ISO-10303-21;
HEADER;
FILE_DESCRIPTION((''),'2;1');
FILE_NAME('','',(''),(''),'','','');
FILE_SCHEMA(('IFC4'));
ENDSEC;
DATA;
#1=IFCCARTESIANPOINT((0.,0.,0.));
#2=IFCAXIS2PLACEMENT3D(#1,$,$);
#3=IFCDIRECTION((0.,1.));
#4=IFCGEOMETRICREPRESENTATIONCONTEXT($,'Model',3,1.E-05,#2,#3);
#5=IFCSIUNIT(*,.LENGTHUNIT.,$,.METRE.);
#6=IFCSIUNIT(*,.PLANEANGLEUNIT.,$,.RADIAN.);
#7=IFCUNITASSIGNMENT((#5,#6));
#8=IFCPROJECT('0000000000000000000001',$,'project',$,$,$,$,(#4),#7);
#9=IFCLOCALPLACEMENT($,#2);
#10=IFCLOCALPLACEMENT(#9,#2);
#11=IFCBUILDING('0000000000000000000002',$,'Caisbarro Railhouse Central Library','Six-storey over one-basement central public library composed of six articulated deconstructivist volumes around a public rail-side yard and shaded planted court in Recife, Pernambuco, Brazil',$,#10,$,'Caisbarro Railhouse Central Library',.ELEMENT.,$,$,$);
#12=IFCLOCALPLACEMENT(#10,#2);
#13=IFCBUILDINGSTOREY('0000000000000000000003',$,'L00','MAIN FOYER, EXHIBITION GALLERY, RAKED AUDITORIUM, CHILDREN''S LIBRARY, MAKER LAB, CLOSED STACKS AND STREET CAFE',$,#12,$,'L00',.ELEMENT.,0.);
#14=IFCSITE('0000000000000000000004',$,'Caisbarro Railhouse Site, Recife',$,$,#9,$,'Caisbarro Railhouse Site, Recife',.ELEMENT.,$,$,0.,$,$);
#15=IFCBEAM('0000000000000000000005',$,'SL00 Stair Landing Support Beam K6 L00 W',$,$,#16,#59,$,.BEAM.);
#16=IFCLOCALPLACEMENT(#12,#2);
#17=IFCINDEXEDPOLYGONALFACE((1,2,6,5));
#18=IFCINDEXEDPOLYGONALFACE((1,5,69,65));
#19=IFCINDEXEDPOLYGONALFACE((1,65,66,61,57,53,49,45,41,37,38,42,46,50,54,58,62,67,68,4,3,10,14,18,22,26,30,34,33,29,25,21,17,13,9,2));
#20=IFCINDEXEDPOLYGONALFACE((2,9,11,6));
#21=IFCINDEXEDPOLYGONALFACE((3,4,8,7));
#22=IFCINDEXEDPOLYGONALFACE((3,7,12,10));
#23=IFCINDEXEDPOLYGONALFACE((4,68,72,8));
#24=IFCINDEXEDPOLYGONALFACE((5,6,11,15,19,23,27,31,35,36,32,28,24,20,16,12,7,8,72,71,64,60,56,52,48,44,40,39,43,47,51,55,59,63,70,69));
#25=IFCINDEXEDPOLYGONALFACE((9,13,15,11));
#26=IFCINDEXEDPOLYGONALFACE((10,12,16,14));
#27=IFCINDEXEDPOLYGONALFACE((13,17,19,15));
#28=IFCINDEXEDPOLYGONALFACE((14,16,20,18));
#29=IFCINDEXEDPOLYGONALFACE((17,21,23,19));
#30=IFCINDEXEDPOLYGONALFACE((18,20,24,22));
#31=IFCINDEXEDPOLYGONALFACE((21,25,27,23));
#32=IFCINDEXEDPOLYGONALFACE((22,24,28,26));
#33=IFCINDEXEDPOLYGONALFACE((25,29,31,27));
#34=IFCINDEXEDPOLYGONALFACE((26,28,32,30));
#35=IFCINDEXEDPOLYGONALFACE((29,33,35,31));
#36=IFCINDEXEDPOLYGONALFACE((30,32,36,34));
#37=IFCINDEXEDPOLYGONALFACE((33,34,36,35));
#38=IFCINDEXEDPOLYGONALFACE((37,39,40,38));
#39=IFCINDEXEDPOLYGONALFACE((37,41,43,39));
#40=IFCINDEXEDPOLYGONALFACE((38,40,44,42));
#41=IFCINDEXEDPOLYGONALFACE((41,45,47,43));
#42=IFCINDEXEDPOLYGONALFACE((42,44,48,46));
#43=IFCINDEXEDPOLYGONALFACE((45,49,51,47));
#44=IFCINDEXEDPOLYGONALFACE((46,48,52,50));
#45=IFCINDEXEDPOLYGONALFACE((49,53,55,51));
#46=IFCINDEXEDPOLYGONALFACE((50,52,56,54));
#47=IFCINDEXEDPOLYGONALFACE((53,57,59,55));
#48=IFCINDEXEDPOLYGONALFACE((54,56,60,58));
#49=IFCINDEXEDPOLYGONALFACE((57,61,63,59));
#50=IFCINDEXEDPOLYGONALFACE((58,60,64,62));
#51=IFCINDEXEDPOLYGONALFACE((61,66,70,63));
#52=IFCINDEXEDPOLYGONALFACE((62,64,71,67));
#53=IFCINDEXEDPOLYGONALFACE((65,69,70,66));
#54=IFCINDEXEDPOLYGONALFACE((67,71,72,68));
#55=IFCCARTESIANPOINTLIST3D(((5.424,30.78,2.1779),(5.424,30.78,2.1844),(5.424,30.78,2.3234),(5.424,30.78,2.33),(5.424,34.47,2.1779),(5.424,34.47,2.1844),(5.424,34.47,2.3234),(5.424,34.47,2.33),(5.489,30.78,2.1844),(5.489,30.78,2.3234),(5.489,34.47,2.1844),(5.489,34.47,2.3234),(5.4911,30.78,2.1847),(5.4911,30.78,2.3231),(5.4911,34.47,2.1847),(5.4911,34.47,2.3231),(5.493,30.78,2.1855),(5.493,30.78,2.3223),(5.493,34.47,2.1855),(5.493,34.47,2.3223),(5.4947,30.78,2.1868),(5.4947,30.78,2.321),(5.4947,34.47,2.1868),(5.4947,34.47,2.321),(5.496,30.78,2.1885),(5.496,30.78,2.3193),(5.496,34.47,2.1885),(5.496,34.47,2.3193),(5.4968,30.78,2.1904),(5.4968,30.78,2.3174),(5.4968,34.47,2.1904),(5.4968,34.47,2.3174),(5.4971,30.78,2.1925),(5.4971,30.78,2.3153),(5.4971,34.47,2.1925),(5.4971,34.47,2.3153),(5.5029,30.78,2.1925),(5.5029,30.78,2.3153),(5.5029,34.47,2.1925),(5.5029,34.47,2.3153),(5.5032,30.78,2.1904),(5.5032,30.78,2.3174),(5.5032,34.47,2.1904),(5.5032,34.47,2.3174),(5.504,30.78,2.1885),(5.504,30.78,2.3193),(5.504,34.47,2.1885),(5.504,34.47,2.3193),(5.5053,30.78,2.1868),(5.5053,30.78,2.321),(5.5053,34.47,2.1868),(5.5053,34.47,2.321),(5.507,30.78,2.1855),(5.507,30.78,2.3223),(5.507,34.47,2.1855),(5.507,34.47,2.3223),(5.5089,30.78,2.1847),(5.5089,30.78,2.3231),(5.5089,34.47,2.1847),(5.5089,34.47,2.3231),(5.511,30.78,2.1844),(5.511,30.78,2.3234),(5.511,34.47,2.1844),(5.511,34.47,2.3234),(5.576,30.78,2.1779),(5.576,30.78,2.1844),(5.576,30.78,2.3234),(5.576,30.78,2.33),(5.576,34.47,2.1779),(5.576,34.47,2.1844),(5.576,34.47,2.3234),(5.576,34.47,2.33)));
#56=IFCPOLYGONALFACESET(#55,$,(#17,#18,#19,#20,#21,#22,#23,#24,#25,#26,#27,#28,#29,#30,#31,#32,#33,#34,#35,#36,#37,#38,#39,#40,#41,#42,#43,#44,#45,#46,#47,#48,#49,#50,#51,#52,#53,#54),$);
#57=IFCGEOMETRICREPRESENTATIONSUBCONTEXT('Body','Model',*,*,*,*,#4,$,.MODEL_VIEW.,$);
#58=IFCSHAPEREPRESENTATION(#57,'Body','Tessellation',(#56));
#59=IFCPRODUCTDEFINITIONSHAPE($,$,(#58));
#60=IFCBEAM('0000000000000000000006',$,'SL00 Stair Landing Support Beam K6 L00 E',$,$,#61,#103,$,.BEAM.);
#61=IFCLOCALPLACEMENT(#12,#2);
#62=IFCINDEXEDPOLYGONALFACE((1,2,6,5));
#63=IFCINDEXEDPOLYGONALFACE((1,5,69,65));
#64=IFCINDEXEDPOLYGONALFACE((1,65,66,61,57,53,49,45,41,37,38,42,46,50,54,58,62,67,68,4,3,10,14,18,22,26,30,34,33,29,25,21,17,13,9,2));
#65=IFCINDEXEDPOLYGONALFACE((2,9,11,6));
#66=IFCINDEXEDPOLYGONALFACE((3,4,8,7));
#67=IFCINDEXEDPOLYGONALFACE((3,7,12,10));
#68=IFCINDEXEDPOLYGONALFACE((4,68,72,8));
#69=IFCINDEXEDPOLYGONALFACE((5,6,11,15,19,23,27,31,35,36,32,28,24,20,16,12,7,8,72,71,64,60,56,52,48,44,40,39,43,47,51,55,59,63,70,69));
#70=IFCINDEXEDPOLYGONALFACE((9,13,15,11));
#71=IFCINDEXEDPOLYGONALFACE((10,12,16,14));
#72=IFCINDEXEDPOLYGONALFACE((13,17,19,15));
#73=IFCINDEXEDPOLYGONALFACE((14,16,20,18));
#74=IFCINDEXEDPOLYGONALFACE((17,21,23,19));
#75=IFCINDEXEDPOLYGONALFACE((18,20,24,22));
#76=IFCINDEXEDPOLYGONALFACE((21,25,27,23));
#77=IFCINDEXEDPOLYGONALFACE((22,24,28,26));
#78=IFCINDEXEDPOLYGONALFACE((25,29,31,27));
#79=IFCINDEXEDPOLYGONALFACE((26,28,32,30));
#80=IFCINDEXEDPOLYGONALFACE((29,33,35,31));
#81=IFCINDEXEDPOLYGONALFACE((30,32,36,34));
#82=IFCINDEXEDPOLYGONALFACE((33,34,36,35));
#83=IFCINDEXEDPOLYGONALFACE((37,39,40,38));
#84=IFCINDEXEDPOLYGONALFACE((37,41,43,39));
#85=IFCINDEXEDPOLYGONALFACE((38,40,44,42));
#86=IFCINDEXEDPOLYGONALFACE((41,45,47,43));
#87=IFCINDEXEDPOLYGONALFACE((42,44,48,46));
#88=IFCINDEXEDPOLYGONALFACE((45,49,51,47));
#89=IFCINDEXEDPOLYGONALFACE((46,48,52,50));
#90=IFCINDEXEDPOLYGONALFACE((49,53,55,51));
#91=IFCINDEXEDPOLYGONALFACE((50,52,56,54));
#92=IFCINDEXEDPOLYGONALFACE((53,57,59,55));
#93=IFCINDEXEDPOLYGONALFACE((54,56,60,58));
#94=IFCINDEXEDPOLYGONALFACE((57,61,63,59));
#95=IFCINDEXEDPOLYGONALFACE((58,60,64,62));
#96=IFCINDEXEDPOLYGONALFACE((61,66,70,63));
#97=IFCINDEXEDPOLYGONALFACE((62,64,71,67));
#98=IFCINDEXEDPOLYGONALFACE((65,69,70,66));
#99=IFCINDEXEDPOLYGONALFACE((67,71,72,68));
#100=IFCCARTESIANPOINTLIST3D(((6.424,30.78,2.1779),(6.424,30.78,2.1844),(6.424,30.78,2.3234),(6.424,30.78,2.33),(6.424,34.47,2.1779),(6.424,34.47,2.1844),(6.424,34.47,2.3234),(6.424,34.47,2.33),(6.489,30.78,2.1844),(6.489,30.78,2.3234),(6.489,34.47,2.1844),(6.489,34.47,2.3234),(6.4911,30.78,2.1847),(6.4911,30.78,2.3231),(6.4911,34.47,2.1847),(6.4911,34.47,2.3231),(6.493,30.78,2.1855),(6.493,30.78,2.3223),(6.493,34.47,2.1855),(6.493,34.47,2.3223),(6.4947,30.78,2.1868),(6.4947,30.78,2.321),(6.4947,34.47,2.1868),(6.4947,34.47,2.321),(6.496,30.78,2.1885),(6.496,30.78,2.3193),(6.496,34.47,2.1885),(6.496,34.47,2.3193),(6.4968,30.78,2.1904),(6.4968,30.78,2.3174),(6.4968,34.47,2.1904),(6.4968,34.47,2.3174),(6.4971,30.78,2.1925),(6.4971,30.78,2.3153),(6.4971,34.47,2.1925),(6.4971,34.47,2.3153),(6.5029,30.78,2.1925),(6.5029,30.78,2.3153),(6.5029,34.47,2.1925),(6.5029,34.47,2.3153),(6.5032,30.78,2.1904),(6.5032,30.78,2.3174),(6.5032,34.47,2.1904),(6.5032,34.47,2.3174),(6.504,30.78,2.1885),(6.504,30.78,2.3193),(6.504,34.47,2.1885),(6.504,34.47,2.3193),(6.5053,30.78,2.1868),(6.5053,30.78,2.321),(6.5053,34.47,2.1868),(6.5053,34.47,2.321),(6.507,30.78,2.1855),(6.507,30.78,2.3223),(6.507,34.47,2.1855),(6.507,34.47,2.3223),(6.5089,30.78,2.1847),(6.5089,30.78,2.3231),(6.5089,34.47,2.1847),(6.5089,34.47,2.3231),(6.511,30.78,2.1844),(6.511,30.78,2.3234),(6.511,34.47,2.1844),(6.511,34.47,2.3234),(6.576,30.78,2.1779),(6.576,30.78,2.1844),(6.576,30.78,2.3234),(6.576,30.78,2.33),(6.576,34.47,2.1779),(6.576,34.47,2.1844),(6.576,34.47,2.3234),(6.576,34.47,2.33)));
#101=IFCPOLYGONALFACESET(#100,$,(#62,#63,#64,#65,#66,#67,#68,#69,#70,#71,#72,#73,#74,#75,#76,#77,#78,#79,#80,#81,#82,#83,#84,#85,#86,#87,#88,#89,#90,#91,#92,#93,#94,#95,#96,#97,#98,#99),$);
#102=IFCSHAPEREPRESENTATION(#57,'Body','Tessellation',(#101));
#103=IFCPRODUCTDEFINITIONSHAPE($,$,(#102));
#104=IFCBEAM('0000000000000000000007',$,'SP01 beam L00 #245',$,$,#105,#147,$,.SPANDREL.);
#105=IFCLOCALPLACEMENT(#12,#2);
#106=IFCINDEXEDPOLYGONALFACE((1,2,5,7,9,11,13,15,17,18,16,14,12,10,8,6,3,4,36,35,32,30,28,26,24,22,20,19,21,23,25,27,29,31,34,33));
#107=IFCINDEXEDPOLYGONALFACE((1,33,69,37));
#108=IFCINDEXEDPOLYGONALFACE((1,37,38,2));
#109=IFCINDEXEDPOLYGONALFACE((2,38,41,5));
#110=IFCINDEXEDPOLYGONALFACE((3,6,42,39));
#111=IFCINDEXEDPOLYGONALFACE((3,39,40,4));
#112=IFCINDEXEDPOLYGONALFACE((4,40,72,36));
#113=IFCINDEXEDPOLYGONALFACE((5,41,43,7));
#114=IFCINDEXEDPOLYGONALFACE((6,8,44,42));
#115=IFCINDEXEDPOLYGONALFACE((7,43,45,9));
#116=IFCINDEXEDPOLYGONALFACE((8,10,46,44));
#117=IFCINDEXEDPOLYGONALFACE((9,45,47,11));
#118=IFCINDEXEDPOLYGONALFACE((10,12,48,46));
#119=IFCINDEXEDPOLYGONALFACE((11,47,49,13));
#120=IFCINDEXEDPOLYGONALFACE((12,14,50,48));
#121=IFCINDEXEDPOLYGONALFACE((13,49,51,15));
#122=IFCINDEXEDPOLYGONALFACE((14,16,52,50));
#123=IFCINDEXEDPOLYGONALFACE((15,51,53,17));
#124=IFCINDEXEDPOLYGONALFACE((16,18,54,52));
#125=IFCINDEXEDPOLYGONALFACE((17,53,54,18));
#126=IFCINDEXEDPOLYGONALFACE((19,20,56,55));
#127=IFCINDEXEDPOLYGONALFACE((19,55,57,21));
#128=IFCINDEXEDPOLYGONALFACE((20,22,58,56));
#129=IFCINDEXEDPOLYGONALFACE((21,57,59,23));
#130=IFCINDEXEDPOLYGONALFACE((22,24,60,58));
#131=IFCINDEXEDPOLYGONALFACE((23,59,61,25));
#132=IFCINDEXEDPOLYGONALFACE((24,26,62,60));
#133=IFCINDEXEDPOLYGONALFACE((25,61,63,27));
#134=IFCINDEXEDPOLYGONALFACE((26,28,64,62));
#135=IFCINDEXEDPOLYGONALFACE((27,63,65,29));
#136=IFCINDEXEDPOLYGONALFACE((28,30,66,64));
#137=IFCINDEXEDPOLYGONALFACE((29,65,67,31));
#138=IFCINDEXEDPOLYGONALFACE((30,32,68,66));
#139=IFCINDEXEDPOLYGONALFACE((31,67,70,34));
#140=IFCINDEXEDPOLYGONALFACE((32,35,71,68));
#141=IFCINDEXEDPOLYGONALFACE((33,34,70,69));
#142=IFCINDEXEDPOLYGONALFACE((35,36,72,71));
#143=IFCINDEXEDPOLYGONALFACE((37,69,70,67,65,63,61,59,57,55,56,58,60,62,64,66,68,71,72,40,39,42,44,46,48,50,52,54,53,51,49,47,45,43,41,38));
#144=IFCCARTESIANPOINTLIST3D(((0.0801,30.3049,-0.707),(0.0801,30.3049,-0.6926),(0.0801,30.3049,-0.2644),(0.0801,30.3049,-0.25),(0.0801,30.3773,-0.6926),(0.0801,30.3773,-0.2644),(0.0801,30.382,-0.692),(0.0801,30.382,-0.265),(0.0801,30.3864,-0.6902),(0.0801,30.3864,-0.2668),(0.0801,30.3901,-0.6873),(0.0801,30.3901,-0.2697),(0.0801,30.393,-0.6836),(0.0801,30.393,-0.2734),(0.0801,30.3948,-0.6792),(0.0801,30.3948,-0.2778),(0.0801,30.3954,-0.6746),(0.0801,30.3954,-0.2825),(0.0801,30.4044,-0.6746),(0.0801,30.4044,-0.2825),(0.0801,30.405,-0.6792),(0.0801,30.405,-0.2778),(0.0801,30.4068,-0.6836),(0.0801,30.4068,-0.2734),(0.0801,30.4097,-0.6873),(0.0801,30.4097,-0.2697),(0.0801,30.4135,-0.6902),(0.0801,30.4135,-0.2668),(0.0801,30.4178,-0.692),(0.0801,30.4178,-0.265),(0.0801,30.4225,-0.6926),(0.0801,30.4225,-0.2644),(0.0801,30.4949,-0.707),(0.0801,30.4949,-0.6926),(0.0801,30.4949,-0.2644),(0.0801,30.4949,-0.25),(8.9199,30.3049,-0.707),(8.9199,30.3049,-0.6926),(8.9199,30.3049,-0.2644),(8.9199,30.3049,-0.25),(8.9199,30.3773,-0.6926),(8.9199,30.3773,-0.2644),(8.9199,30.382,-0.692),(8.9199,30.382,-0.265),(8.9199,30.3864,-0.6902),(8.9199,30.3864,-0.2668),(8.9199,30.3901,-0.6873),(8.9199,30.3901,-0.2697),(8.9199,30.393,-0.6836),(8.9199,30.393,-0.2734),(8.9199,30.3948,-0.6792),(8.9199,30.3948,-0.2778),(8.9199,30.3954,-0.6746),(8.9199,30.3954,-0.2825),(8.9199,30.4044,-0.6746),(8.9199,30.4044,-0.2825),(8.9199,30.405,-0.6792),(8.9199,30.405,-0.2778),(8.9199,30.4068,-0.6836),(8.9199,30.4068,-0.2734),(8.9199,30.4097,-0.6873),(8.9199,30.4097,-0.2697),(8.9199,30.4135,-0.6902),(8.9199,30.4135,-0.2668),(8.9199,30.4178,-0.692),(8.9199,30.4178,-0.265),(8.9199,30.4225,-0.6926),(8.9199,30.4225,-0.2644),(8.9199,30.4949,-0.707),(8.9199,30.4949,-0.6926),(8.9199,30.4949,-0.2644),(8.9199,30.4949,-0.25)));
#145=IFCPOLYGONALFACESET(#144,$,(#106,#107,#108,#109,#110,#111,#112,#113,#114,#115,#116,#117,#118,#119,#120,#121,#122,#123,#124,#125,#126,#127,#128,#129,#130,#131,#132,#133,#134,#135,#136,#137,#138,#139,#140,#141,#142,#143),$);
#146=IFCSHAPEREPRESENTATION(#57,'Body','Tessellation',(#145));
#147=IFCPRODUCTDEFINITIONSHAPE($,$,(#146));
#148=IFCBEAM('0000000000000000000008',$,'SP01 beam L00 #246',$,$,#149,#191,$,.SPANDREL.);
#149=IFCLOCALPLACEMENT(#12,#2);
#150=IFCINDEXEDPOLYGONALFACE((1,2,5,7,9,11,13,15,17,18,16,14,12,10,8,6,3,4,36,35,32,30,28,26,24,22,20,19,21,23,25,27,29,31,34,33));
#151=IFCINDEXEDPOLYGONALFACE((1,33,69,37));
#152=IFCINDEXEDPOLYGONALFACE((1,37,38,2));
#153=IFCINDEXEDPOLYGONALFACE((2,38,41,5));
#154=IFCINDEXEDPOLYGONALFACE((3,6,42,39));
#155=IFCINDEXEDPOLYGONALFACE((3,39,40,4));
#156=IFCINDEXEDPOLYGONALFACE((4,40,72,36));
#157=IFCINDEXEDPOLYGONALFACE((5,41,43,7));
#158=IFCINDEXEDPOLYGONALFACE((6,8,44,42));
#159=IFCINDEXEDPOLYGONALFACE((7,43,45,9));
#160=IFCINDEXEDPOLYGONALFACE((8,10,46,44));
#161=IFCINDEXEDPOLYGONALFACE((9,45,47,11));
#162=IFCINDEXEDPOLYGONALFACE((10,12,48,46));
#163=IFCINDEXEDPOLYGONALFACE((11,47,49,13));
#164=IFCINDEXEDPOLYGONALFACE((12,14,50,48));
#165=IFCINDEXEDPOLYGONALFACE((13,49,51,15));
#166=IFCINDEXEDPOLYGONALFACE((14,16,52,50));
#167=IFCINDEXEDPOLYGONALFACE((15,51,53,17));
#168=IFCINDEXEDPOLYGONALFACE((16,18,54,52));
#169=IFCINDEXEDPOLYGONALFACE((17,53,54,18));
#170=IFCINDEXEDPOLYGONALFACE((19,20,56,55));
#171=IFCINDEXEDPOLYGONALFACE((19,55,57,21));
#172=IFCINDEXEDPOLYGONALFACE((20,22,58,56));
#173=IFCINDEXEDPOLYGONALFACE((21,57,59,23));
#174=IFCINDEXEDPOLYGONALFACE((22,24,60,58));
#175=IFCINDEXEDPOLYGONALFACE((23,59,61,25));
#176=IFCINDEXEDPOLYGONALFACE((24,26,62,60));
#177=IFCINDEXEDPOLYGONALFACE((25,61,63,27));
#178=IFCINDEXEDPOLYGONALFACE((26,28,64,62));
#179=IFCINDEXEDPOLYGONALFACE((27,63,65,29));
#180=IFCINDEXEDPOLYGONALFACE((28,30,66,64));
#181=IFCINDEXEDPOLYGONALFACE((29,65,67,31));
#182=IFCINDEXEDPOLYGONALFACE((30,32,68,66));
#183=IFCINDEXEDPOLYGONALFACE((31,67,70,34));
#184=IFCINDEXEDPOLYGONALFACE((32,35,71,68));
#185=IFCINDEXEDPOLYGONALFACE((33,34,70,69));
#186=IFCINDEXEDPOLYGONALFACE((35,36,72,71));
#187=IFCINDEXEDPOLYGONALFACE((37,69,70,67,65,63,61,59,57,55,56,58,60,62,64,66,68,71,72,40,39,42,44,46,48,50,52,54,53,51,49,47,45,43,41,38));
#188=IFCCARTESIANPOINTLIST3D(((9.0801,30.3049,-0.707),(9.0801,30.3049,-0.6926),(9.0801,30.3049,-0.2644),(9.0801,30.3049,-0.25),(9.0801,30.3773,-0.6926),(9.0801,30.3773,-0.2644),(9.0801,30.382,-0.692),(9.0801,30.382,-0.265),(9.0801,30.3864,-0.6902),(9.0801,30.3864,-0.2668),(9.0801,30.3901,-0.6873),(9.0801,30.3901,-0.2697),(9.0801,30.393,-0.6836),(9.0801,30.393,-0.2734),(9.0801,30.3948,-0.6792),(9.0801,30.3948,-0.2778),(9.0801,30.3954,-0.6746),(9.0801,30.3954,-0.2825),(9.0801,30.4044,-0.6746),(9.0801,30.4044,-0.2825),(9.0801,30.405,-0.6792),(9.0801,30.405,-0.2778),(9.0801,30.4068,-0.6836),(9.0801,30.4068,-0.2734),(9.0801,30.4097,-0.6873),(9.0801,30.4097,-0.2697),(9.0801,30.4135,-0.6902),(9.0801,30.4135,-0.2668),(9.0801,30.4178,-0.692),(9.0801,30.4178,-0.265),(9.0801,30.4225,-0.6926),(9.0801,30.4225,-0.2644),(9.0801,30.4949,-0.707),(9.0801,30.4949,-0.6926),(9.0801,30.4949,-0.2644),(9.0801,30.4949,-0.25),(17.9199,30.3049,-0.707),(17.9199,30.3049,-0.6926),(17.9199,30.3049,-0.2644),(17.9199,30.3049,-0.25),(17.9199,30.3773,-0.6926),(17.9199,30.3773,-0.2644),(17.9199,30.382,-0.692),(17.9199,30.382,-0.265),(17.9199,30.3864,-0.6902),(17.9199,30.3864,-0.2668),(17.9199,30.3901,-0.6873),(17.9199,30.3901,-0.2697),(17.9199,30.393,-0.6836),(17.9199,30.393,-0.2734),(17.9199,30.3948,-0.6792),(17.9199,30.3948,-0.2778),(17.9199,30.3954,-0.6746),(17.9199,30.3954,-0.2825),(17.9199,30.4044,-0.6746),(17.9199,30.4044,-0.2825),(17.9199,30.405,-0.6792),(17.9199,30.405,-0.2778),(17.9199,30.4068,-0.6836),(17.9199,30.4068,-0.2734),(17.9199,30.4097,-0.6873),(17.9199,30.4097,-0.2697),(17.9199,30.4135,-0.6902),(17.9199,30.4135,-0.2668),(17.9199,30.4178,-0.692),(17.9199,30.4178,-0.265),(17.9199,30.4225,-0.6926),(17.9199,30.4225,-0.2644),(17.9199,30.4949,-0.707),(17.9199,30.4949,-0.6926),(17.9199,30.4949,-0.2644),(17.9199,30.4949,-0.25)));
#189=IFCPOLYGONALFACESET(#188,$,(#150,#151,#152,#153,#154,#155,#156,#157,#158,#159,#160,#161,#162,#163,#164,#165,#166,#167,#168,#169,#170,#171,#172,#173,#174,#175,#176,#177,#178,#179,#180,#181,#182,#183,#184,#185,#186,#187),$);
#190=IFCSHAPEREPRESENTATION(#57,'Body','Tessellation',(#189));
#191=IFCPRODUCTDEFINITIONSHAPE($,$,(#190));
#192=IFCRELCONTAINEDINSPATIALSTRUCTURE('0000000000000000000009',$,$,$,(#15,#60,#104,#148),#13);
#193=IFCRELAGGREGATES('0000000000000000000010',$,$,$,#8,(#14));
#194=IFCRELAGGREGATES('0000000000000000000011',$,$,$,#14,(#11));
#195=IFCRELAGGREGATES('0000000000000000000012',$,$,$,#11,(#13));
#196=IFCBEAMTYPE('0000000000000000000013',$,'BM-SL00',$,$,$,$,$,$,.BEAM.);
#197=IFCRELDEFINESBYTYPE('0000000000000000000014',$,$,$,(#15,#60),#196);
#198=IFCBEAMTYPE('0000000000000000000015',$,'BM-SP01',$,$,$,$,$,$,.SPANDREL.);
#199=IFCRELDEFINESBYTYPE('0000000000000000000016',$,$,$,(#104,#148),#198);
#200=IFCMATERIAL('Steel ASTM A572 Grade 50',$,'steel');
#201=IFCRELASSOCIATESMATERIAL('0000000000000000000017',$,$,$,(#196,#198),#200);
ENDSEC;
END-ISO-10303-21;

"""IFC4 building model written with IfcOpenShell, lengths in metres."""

from ifc_helpers import new_model, si_unit, direction, frame, origin, origin_2d, place, context, subcontext, project, spatial, i_section, extrude, material, material_profile, profile_set, type_object, element, save


model = new_model("IFC4")

# Units and contexts
model_context = context("Model", 3, precision=1e-05, world=origin(), true_north=direction((0.0, 1.0)))
body_context = subcontext(model_context, "Body", "Model", "MODEL_VIEW")
ifc_project = project(units=[si_unit("LENGTHUNIT", "METRE"), si_unit("PLANEANGLEUNIT", "RADIAN")], contexts=[model_context])

# Site, building, storey
site_placement = place(None, origin())
site = spatial("IfcSite", under=ifc_project, at=site_placement, Name="Caisbarro Railhouse Site, Recife", LongName="Caisbarro Railhouse Site, Recife", CompositionType="ELEMENT", RefElevation=0.0)
building_placement = place(site_placement, origin())
building = spatial("IfcBuilding", under=site, at=building_placement, Name="Caisbarro Railhouse Central Library", Description="Six-storey over one-basement central public library composed of six articulated deconstructivist volumes around a public rail-side yard and shaded planted court in Recife, Pernambuco, Brazil", LongName="Caisbarro Railhouse Central Library", CompositionType="ELEMENT")
storey_placement = place(building_placement, origin())
storey = spatial("IfcBuildingStorey", under=building, at=storey_placement, Name="L00", Description="MAIN FOYER, EXHIBITION GALLERY, RAKED AUDITORIUM, CHILDREN'S LIBRARY, MAKER LAB, CLOSED STACKS AND STREET CAFE", LongName="L00", CompositionType="ELEMENT", Elevation=0.0)

# Shared definitions
ifc_material_1 = material(Name="Steel ASTM A572 Grade 50", Category="steel")

# Beams
ifc_material_profile_1 = material_profile(ifc_material_1, i_section(OverallWidth=0.1521, OverallDepth=0.1521, WebThickness=0.0059, FlangeThickness=0.0066, FilletRadius=0.0081, at=origin_2d()), Name="W150X22.5")
ifc_profile_set_1 = profile_set([ifc_material_profile_1], Name="Steel ASTM A572 Grade 50")
beam_type_1 = type_object("IfcBeamType", Name="BM-SL00", PredefinedType="BEAM", material=ifc_profile_set_1)
for number, where, z_axis, x_axis, name in (
    (1, (5.5, 30.78, 2.2539), (0.0, 1.0, 0.0), (-1.0, 0.0, 0.0), "SL00 Stair Landing Support Beam K6 L00 W"),
    (2, (6.5, 30.78, 2.2539), (0.0, 1.0, 0.0), (-1.0, 0.0, 0.0), "SL00 Stair Landing Support Beam K6 L00 E"),
):
    element("IfcBeam", number, at=place(storey_placement, frame(where, z_axis=z_axis, x_axis=x_axis)), inside=storey, type_object=beam_type_1, Name=name, PredefinedType="BEAM", context=body_context, shape_type="SweptSolid", body=[
        extrude(i_section(OverallWidth=0.1521, OverallDepth=0.1521, WebThickness=0.0059, FlangeThickness=0.0066, FilletRadius=0.0081, at=origin_2d()), origin(), (0.0, 0.0, 1.0), 3.6899),
    ])
ifc_material_profile_2 = material_profile(ifc_material_1, i_section(OverallWidth=0.1899, OverallDepth=0.457, WebThickness=0.009, FlangeThickness=0.0144, FilletRadius=0.0181, at=origin_2d()), Name="W460X74.0")
ifc_profile_set_2 = profile_set([ifc_material_profile_2], Name="Steel ASTM A572 Grade 50")
beam_type_2 = type_object("IfcBeamType", Name="BM-SP01", PredefinedType="SPANDREL", material=ifc_profile_set_2)
for number, where, z_axis, x_axis, name in (
    (3, (0.0801, 30.3999, -0.4785), (1.0, 0.0, 0.0), (0.0, 1.0, 0.0), "SP01 beam L00 #245"),
    (4, (9.0801, 30.3999, -0.4785), (1.0, 0.0, 0.0), (0.0, 1.0, 0.0), "SP01 beam L00 #246"),
):
    element("IfcBeam", number, at=place(storey_placement, frame(where, z_axis=z_axis, x_axis=x_axis)), inside=storey, type_object=beam_type_2, Name=name, PredefinedType="SPANDREL", context=body_context, shape_type="SweptSolid", body=[
        extrude(i_section(OverallWidth=0.1899, OverallDepth=0.457, WebThickness=0.009, FlangeThickness=0.0144, FilletRadius=0.0181, at=origin_2d()), origin(), (0.0, 0.0, 1.0), 8.8398),
    ])

save(model, "model.ifc")
